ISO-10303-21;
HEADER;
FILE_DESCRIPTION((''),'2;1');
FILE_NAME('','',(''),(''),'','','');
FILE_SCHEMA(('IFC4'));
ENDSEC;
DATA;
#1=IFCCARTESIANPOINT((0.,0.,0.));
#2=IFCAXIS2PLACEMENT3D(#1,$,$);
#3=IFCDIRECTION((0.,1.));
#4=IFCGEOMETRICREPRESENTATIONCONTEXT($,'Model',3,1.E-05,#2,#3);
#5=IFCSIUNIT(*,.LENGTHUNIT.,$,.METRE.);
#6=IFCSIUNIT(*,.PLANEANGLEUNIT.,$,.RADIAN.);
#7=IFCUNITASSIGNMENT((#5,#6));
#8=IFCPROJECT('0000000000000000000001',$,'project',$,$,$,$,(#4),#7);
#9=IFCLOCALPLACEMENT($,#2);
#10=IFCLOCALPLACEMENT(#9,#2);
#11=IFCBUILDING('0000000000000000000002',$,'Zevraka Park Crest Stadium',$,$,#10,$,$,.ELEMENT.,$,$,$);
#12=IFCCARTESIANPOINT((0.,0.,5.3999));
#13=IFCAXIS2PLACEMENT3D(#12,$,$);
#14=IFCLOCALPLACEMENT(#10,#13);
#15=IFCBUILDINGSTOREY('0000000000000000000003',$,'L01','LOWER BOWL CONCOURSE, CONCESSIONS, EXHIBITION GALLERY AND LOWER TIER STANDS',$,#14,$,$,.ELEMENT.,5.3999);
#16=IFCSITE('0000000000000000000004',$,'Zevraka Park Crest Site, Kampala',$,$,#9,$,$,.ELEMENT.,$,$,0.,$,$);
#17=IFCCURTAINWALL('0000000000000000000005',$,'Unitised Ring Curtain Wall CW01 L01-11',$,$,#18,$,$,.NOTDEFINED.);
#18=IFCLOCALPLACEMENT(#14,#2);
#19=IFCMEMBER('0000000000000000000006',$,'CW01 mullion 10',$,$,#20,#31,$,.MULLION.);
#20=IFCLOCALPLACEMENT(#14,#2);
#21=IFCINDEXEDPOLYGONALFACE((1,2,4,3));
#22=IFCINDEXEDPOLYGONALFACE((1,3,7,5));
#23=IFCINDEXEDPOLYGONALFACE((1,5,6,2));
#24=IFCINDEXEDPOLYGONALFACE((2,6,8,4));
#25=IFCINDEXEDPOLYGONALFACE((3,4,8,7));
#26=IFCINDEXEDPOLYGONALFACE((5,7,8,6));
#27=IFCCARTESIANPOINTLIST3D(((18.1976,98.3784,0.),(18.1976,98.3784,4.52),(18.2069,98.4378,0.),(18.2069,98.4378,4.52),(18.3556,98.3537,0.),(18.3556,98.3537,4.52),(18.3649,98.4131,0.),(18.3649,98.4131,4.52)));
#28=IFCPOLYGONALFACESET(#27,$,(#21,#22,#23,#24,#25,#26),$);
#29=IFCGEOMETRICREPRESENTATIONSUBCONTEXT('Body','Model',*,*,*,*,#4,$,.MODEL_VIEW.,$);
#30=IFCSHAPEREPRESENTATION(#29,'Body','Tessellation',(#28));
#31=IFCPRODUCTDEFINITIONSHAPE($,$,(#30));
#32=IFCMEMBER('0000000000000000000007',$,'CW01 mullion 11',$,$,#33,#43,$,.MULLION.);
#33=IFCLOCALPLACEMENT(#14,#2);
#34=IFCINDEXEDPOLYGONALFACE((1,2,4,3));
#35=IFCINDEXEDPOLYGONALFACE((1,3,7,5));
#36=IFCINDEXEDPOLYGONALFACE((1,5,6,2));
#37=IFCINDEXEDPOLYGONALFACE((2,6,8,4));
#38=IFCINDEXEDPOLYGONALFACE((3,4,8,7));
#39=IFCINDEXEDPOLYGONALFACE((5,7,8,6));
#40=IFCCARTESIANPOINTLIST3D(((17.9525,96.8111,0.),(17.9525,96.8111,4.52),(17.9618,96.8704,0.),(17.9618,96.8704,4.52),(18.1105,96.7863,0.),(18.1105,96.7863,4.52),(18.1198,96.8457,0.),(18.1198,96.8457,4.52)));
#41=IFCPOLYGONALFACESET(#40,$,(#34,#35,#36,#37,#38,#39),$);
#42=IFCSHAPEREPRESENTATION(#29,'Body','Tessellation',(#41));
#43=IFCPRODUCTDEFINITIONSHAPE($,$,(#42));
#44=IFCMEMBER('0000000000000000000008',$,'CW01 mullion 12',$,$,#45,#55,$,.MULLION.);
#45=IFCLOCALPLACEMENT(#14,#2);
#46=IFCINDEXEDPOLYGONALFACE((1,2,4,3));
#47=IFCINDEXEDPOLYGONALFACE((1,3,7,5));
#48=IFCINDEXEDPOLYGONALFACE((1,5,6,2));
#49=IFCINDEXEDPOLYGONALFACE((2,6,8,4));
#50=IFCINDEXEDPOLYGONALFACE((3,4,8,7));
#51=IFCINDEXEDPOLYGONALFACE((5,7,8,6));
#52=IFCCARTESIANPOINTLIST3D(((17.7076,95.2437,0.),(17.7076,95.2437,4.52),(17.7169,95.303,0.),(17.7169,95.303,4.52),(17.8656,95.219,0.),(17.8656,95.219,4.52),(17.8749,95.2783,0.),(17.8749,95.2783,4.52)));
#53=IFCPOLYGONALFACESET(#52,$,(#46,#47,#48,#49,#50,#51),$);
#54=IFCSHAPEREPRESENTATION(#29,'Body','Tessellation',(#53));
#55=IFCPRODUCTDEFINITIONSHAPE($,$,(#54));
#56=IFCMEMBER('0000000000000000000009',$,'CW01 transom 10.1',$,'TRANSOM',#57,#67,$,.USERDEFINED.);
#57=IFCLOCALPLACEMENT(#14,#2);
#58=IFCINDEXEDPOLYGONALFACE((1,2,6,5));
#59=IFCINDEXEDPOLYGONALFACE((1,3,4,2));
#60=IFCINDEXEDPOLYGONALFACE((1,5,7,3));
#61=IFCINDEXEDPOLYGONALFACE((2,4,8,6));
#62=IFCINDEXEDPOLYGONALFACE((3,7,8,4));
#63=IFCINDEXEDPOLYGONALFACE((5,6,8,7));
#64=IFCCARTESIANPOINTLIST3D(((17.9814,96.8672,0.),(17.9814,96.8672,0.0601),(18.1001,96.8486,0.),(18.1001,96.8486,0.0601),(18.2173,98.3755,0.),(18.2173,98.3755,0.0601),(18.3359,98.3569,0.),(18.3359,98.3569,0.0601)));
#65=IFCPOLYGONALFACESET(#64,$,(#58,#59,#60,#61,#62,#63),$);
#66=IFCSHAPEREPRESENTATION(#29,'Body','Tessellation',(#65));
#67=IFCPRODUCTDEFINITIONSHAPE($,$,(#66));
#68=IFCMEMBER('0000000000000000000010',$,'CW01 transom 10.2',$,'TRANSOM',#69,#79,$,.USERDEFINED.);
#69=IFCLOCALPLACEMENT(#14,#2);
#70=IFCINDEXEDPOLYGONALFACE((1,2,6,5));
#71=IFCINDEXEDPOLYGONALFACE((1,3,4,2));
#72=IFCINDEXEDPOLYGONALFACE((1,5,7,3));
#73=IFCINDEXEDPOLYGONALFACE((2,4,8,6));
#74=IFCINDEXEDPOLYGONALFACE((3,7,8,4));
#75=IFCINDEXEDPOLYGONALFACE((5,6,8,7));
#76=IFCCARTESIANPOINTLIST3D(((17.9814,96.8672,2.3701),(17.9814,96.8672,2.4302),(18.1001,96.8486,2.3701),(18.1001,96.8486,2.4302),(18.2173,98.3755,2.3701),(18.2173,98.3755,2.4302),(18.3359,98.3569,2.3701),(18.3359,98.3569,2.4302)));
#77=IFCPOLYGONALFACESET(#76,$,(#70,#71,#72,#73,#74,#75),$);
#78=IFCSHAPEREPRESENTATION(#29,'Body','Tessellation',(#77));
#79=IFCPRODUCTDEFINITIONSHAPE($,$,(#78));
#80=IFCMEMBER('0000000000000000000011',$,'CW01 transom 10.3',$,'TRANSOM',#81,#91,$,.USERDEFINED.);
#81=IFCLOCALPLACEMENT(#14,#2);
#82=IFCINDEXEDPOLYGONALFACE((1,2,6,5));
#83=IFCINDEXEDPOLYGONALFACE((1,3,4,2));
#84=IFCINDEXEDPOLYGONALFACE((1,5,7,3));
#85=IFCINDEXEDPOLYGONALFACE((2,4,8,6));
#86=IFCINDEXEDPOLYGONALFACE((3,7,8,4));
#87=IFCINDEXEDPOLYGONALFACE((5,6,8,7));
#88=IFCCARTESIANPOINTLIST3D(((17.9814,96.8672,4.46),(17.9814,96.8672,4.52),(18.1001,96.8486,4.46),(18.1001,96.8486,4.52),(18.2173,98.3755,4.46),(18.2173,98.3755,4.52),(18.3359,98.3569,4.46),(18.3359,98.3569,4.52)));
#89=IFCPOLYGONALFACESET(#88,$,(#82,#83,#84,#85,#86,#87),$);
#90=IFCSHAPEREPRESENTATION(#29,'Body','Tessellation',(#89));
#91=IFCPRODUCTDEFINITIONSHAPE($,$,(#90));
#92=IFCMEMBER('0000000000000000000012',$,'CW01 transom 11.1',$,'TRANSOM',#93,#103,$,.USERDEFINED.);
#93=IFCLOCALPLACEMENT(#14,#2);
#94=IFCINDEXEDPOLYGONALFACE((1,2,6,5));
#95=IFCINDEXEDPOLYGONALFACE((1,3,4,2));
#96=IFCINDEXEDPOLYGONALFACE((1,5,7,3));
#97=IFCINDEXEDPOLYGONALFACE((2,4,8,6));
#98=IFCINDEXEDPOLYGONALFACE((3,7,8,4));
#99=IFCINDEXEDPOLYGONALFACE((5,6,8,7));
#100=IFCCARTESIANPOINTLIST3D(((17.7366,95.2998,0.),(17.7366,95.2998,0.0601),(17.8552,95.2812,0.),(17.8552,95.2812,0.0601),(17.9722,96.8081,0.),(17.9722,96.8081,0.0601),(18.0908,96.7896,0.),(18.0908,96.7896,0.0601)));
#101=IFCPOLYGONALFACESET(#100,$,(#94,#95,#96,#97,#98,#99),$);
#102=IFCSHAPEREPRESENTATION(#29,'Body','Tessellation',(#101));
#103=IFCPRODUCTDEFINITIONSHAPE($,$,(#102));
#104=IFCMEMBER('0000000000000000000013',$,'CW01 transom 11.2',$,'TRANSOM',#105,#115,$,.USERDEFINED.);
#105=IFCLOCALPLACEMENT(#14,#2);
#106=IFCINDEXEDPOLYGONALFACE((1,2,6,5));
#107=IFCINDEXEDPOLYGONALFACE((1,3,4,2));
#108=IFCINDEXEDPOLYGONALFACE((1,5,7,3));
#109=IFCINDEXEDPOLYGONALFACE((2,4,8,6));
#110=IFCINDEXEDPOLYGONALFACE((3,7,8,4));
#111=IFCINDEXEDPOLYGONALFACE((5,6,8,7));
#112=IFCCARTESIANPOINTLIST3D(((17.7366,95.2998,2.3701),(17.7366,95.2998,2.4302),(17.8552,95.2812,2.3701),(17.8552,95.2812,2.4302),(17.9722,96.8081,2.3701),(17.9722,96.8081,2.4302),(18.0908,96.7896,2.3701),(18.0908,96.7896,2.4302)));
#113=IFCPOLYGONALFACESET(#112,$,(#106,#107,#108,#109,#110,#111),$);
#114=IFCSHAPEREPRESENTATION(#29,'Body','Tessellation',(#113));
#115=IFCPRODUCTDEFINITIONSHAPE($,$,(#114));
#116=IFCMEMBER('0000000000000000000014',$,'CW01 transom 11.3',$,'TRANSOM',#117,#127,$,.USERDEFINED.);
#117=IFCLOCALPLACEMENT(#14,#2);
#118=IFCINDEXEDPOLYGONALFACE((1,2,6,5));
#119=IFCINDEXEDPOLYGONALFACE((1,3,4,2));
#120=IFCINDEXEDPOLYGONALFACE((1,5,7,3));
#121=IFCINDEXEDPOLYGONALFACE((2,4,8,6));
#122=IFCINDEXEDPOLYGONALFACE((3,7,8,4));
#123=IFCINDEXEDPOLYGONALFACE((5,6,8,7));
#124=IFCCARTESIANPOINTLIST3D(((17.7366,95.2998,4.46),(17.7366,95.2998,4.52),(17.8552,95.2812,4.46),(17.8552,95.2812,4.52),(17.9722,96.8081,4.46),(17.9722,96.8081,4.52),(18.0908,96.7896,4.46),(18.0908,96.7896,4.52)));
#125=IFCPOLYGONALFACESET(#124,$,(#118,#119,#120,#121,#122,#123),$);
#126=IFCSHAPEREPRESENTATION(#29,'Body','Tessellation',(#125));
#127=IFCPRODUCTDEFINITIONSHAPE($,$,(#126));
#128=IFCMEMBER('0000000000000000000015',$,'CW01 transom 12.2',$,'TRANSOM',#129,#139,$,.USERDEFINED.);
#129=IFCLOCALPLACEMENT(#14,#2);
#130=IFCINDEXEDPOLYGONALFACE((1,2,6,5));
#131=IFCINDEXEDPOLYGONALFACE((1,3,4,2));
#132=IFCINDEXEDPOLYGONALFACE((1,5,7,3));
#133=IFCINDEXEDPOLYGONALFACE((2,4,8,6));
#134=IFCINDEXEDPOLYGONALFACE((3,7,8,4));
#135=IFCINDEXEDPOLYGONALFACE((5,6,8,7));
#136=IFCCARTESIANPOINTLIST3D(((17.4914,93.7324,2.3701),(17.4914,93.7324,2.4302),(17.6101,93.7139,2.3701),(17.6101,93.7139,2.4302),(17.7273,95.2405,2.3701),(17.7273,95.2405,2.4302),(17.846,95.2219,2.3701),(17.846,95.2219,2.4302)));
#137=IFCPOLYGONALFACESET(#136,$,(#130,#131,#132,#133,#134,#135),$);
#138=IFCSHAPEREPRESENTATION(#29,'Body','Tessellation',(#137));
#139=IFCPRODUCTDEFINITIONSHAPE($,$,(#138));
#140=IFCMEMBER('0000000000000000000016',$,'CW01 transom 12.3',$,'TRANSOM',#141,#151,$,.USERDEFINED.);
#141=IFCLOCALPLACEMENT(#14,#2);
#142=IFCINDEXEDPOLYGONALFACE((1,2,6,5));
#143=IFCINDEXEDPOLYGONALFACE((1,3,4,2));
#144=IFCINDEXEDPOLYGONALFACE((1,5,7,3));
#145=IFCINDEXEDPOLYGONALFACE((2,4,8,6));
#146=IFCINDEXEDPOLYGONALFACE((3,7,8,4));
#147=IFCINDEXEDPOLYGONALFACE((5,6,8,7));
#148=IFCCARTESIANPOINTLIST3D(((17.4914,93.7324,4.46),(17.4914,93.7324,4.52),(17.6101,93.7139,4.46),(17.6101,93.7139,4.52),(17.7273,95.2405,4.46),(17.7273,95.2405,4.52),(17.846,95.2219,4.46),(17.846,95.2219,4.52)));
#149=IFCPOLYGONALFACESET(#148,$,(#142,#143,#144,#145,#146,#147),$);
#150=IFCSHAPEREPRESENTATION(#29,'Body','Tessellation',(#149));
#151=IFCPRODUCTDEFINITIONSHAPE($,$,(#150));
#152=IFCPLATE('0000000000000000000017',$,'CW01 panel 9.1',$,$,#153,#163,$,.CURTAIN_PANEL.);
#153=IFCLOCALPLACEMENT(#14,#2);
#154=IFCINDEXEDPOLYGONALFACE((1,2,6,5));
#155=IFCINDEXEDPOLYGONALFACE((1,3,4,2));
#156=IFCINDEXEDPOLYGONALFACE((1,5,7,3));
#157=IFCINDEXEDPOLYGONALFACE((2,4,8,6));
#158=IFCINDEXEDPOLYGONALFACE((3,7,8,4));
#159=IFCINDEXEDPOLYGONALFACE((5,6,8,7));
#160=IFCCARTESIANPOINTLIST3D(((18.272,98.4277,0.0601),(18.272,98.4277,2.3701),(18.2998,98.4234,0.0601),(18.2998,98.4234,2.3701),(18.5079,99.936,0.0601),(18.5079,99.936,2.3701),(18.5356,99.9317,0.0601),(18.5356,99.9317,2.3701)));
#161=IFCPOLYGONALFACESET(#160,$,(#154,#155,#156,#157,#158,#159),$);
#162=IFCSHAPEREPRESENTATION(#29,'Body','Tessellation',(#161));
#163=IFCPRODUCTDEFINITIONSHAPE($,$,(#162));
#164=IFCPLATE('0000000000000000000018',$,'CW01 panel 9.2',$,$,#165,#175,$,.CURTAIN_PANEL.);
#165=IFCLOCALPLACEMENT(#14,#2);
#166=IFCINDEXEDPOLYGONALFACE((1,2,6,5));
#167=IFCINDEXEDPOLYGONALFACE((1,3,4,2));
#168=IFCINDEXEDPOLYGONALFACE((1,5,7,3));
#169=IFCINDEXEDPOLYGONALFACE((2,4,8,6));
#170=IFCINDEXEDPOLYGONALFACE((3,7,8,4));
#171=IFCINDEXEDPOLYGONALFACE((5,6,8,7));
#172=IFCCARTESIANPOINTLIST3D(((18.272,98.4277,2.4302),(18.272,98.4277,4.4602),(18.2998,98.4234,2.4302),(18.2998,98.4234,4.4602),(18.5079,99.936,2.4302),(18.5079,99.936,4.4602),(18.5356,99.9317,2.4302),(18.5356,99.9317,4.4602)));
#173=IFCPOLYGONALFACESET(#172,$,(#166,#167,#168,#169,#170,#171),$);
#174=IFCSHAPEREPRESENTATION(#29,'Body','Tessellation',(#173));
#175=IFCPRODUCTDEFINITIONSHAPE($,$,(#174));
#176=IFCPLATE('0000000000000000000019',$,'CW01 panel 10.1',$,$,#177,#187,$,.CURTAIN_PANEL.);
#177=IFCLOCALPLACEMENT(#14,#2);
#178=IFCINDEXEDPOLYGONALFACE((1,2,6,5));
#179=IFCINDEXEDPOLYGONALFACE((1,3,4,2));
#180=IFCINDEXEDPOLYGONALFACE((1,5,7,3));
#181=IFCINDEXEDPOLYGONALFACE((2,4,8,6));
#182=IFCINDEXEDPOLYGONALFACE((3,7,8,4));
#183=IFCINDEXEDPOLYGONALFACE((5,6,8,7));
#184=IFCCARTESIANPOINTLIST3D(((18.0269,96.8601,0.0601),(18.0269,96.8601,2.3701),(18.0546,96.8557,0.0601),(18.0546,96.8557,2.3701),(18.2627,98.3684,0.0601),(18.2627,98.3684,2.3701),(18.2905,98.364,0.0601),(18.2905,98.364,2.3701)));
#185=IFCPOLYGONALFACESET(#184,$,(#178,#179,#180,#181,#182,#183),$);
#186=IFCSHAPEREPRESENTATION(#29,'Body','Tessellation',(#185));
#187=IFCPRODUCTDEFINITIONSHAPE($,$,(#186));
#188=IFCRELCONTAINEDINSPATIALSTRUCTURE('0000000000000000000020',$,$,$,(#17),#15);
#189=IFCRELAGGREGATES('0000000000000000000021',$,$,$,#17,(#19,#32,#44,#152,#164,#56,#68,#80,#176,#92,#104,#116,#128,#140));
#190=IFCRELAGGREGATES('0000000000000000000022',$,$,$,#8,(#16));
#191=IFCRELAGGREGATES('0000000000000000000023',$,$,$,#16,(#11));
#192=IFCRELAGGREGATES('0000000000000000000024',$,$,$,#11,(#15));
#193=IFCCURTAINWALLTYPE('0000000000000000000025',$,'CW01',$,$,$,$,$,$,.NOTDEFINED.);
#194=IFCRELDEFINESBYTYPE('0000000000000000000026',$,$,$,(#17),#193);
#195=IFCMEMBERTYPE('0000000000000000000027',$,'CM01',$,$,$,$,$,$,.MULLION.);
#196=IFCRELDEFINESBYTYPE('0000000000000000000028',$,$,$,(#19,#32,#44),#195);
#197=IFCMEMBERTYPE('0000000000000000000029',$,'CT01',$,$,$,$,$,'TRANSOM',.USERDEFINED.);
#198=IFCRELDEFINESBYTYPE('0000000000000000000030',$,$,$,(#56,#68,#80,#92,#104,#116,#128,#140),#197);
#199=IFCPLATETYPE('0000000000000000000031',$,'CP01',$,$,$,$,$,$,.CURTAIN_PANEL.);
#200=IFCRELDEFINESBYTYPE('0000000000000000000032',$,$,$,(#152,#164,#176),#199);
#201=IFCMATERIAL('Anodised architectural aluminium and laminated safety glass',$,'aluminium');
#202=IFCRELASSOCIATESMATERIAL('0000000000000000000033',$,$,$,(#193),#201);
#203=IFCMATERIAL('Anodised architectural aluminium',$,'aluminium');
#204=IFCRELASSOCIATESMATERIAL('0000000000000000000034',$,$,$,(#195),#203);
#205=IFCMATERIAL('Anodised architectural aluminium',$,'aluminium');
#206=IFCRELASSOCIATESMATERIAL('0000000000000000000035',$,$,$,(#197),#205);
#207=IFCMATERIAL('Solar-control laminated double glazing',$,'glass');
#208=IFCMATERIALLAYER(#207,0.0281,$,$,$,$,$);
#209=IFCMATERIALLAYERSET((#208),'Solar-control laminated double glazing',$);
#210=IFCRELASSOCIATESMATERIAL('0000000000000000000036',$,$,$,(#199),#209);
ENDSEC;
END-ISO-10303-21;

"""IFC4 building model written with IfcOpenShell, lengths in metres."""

from ifc_helpers import new_model, si_unit, direction, frame, origin, origin_2d, place, context, subcontext, project, spatial, rectangle, extrude, material, layer, layer_set, material_profile, profile_set, type_object, element, aggregate, save


model = new_model("IFC4")

# Units and contexts
model_context = context("Model", 3, precision=1e-05, world=origin(), true_north=direction((0.0, 1.0)))
body_context = subcontext(model_context, "Body", "Model", "MODEL_VIEW")
ifc_project = project(units=[si_unit("LENGTHUNIT", "METRE"), si_unit("PLANEANGLEUNIT", "RADIAN")], contexts=[model_context])

# Site, building, storey
site_placement = place(None, origin())
site = spatial("IfcSite", under=ifc_project, at=site_placement, Name="Zevraka Park Crest Site, Kampala", CompositionType="ELEMENT", RefElevation=0.0)
building_placement = place(site_placement, origin())
building = spatial("IfcBuilding", under=site, at=building_placement, Name="Zevraka Park Crest Stadium", CompositionType="ELEMENT")
storey_placement = place(building_placement, frame((0.0, 0.0, 5.3999)))
storey = spatial("IfcBuildingStorey", under=building, at=storey_placement, Name="L01", Description="LOWER BOWL CONCOURSE, CONCESSIONS, EXHIBITION GALLERY AND LOWER TIER STANDS", CompositionType="ELEMENT", Elevation=5.3999)

# Curtain wall, members, plates
ifc_material_1 = material(Name="Anodised architectural aluminium and laminated safety glass", Category="aluminium")
curtain_wall_type = type_object("IfcCurtainWallType", Name="CW01", PredefinedType="NOTDEFINED", material=ifc_material_1)
curtain_wall_placement = place(storey_placement, origin())
curtain_wall = element("IfcCurtainWall", 1, at=curtain_wall_placement, inside=storey, type_object=curtain_wall_type, Name="Unitised Ring Curtain Wall CW01 L01-11", PredefinedType="NOTDEFINED")
ifc_material_2 = material(Name="Anodised architectural aluminium", Category="aluminium")
ifc_material_profile_1 = material_profile(ifc_material_2, rectangle(XDim=0.1599, YDim=0.0601, at=origin_2d()), Name="ALU MULLION 160x60")
ifc_profile_set_1 = profile_set([ifc_material_profile_1], Name="Anodised architectural aluminium")
member_type_1 = type_object("IfcMemberType", Name="CM01", PredefinedType="MULLION", material=ifc_profile_set_1)
member_1_placement = place(storey_placement, frame((18.2812, 98.3958, 0.0), z_axis=(0.0, 0.0, 1.0), x_axis=(0.987997, -0.154476, 0.0)))
member_1 = element("IfcMember", 2, at=member_1_placement, type_object=member_type_1, Name="CW01 mullion 10", PredefinedType="MULLION", context=body_context, shape_type="SweptSolid", body=[
    extrude(rectangle(XDim=0.1599, YDim=0.0601, at=origin_2d()), origin(), (0.0, 0.0, 1.0), 4.52),
])
member_2_placement = place(storey_placement, frame((18.0361, 96.8284, 0.0), z_axis=(0.0, 0.0, 1.0), x_axis=(0.987997, -0.154476, 0.0)))
member_2 = element("IfcMember", 3, at=member_2_placement, type_object=member_type_1, Name="CW01 mullion 11", PredefinedType="MULLION", context=body_context, shape_type="SweptSolid", body=[
    extrude(rectangle(XDim=0.1599, YDim=0.0601, at=origin_2d()), origin(), (0.0, 0.0, 1.0), 4.52),
])
member_3_placement = place(storey_placement, frame((17.7913, 95.261, 0.0), z_axis=(0.0, 0.0, 1.0), x_axis=(0.987997, -0.154476, 0.0)))
member_3 = element("IfcMember", 4, at=member_3_placement, type_object=member_type_1, Name="CW01 mullion 12", PredefinedType="MULLION", context=body_context, shape_type="SweptSolid", body=[
    extrude(rectangle(XDim=0.1599, YDim=0.0601, at=origin_2d()), origin(), (0.0, 0.0, 1.0), 4.52),
])
ifc_material_3 = material(Name="Anodised architectural aluminium", Category="aluminium")
ifc_material_profile_2 = material_profile(ifc_material_3, rectangle(XDim=0.1201, YDim=0.0601, at=origin_2d()), Name="ALU TRANSOM 120x60")
ifc_profile_set_2 = profile_set([ifc_material_profile_2], Name="Anodised architectural aluminium")
member_type_2 = type_object("IfcMemberType", Name="CT01", ElementType="TRANSOM", PredefinedType="USERDEFINED", material=ifc_profile_set_2)
member_4_placement = place(storey_placement, frame((18.2766, 98.3662, 0.03), z_axis=(-0.154484, -0.987995, 0.0), x_axis=(0.987995, -0.154484, 0.0)))
member_4 = element("IfcMember", 5, at=member_4_placement, type_object=member_type_2, Name="CW01 transom 10.1", ObjectType="TRANSOM", PredefinedType="USERDEFINED", context=body_context, shape_type="SweptSolid", body=[
    extrude(rectangle(XDim=0.1201, YDim=0.0601, at=origin_2d()), origin(), (0.0, 0.0, 1.0), 1.5266),
])
member_5_placement = place(storey_placement, frame((18.2766, 98.3662, 2.4001), z_axis=(-0.154484, -0.987995, 0.0), x_axis=(0.987995, -0.154484, 0.0)))
member_5 = element("IfcMember", 6, at=member_5_placement, type_object=member_type_2, Name="CW01 transom 10.2", ObjectType="TRANSOM", PredefinedType="USERDEFINED", context=body_context, shape_type="SweptSolid", body=[
    extrude(rectangle(XDim=0.1201, YDim=0.0601, at=origin_2d()), origin(), (0.0, 0.0, 1.0), 1.5266),
])
member_6_placement = place(storey_placement, frame((18.2766, 98.3662, 4.49), z_axis=(-0.154484, -0.987995, 0.0), x_axis=(0.987995, -0.154484, 0.0)))
member_6 = element("IfcMember", 7, at=member_6_placement, type_object=member_type_2, Name="CW01 transom 10.3", ObjectType="TRANSOM", PredefinedType="USERDEFINED", context=body_context, shape_type="SweptSolid", body=[
    extrude(rectangle(XDim=0.1201, YDim=0.0601, at=origin_2d()), origin(), (0.0, 0.0, 1.0), 1.5266),
])
member_7_placement = place(storey_placement, frame((18.0315, 96.7988, 0.03), z_axis=(-0.154328, -0.98802, 0.0), x_axis=(0.98802, -0.154328, 0.0)))
member_7 = element("IfcMember", 8, at=member_7_placement, type_object=member_type_2, Name="CW01 transom 11.1", ObjectType="TRANSOM", PredefinedType="USERDEFINED", context=body_context, shape_type="SweptSolid", body=[
    extrude(rectangle(XDim=0.1201, YDim=0.0601, at=origin_2d()), origin(), (0.0, 0.0, 1.0), 1.5266),
])
member_8_placement = place(storey_placement, frame((18.0315, 96.7988, 2.4001), z_axis=(-0.154328, -0.98802, 0.0), x_axis=(0.98802, -0.154328, 0.0)))
member_8 = element("IfcMember", 9, at=member_8_placement, type_object=member_type_2, Name="CW01 transom 11.2", ObjectType="TRANSOM", PredefinedType="USERDEFINED", context=body_context, shape_type="SweptSolid", body=[
    extrude(rectangle(XDim=0.1201, YDim=0.0601, at=origin_2d()), origin(), (0.0, 0.0, 1.0), 1.5266),
])
member_9_placement = place(storey_placement, frame((18.0315, 96.7988, 4.49), z_axis=(-0.154328, -0.98802, 0.0), x_axis=(0.98802, -0.154328, 0.0)))
member_9 = element("IfcMember", 10, at=member_9_placement, type_object=member_type_2, Name="CW01 transom 11.3", ObjectType="TRANSOM", PredefinedType="USERDEFINED", context=body_context, shape_type="SweptSolid", body=[
    extrude(rectangle(XDim=0.1201, YDim=0.0601, at=origin_2d()), origin(), (0.0, 0.0, 1.0), 1.5266),
])
member_10_placement = place(storey_placement, frame((17.7866, 95.2312, 2.4001), z_axis=(-0.154509, -0.987991, 0.0), x_axis=(0.987991, -0.154509, 0.0)))
member_10 = element("IfcMember", 11, at=member_10_placement, type_object=member_type_2, Name="CW01 transom 12.2", ObjectType="TRANSOM", PredefinedType="USERDEFINED", context=body_context, shape_type="SweptSolid", body=[
    extrude(rectangle(XDim=0.1201, YDim=0.0601, at=origin_2d()), origin(), (0.0, 0.0, 1.0), 1.5264),
])
member_11_placement = place(storey_placement, frame((17.7866, 95.2312, 4.49), z_axis=(-0.154509, -0.987991, 0.0), x_axis=(0.987991, -0.154509, 0.0)))
member_11 = element("IfcMember", 12, at=member_11_placement, type_object=member_type_2, Name="CW01 transom 12.3", ObjectType="TRANSOM", PredefinedType="USERDEFINED", context=body_context, shape_type="SweptSolid", body=[
    extrude(rectangle(XDim=0.1201, YDim=0.0601, at=origin_2d()), origin(), (0.0, 0.0, 1.0), 1.5264),
])
ifc_material_4 = material(Name="Solar-control laminated double glazing", Category="glass")
ifc_layer_1 = layer(ifc_material_4, 0.0281)
ifc_layer_set_1 = layer_set([ifc_layer_1], Name="Solar-control laminated double glazing")
plate_type = type_object("IfcPlateType", Name="CP01", PredefinedType="CURTAIN_PANEL", material=ifc_layer_set_1)
plate_1_placement = place(storey_placement, frame((18.4038, 99.1797, 0.0601), z_axis=(0.0, 0.0, 1.0), x_axis=(-0.154476, -0.987997, 0.0)))
plate_1 = element("IfcPlate", 13, at=plate_1_placement, type_object=plate_type, Name="CW01 panel 9.1", PredefinedType="CURTAIN_PANEL", context=body_context, shape_type="SweptSolid", body=[
    extrude(rectangle(XDim=1.5266, YDim=0.0281, at=origin_2d()), origin(), (0.0, 0.0, 1.0), 2.3101),
])
plate_2_placement = place(storey_placement, frame((18.4038, 99.1797, 2.4302), z_axis=(0.0, 0.0, 1.0), x_axis=(-0.154476, -0.987997, 0.0)))
plate_2 = element("IfcPlate", 14, at=plate_2_placement, type_object=plate_type, Name="CW01 panel 9.2", PredefinedType="CURTAIN_PANEL", context=body_context, shape_type="SweptSolid", body=[
    extrude(rectangle(XDim=1.5266, YDim=0.0281, at=origin_2d()), origin(), (0.0, 0.0, 1.0), 2.03),
])
plate_3_placement = place(storey_placement, frame((18.1587, 97.6121, 0.0601), z_axis=(0.0, 0.0, 1.0), x_axis=(-0.154476, -0.987997, 0.0)))
plate_3 = element("IfcPlate", 15, at=plate_3_placement, type_object=plate_type, Name="CW01 panel 10.1", PredefinedType="CURTAIN_PANEL", context=body_context, shape_type="SweptSolid", body=[
    extrude(rectangle(XDim=1.5266, YDim=0.0281, at=origin_2d()), origin(), (0.0, 0.0, 1.0), 2.3101),
])
aggregate(curtain_wall, [member_1, member_2, member_3, plate_1, plate_2, member_4, member_5, member_6, plate_3, member_7, member_8, member_9, member_10, member_11])

save(model, "model.ifc")
